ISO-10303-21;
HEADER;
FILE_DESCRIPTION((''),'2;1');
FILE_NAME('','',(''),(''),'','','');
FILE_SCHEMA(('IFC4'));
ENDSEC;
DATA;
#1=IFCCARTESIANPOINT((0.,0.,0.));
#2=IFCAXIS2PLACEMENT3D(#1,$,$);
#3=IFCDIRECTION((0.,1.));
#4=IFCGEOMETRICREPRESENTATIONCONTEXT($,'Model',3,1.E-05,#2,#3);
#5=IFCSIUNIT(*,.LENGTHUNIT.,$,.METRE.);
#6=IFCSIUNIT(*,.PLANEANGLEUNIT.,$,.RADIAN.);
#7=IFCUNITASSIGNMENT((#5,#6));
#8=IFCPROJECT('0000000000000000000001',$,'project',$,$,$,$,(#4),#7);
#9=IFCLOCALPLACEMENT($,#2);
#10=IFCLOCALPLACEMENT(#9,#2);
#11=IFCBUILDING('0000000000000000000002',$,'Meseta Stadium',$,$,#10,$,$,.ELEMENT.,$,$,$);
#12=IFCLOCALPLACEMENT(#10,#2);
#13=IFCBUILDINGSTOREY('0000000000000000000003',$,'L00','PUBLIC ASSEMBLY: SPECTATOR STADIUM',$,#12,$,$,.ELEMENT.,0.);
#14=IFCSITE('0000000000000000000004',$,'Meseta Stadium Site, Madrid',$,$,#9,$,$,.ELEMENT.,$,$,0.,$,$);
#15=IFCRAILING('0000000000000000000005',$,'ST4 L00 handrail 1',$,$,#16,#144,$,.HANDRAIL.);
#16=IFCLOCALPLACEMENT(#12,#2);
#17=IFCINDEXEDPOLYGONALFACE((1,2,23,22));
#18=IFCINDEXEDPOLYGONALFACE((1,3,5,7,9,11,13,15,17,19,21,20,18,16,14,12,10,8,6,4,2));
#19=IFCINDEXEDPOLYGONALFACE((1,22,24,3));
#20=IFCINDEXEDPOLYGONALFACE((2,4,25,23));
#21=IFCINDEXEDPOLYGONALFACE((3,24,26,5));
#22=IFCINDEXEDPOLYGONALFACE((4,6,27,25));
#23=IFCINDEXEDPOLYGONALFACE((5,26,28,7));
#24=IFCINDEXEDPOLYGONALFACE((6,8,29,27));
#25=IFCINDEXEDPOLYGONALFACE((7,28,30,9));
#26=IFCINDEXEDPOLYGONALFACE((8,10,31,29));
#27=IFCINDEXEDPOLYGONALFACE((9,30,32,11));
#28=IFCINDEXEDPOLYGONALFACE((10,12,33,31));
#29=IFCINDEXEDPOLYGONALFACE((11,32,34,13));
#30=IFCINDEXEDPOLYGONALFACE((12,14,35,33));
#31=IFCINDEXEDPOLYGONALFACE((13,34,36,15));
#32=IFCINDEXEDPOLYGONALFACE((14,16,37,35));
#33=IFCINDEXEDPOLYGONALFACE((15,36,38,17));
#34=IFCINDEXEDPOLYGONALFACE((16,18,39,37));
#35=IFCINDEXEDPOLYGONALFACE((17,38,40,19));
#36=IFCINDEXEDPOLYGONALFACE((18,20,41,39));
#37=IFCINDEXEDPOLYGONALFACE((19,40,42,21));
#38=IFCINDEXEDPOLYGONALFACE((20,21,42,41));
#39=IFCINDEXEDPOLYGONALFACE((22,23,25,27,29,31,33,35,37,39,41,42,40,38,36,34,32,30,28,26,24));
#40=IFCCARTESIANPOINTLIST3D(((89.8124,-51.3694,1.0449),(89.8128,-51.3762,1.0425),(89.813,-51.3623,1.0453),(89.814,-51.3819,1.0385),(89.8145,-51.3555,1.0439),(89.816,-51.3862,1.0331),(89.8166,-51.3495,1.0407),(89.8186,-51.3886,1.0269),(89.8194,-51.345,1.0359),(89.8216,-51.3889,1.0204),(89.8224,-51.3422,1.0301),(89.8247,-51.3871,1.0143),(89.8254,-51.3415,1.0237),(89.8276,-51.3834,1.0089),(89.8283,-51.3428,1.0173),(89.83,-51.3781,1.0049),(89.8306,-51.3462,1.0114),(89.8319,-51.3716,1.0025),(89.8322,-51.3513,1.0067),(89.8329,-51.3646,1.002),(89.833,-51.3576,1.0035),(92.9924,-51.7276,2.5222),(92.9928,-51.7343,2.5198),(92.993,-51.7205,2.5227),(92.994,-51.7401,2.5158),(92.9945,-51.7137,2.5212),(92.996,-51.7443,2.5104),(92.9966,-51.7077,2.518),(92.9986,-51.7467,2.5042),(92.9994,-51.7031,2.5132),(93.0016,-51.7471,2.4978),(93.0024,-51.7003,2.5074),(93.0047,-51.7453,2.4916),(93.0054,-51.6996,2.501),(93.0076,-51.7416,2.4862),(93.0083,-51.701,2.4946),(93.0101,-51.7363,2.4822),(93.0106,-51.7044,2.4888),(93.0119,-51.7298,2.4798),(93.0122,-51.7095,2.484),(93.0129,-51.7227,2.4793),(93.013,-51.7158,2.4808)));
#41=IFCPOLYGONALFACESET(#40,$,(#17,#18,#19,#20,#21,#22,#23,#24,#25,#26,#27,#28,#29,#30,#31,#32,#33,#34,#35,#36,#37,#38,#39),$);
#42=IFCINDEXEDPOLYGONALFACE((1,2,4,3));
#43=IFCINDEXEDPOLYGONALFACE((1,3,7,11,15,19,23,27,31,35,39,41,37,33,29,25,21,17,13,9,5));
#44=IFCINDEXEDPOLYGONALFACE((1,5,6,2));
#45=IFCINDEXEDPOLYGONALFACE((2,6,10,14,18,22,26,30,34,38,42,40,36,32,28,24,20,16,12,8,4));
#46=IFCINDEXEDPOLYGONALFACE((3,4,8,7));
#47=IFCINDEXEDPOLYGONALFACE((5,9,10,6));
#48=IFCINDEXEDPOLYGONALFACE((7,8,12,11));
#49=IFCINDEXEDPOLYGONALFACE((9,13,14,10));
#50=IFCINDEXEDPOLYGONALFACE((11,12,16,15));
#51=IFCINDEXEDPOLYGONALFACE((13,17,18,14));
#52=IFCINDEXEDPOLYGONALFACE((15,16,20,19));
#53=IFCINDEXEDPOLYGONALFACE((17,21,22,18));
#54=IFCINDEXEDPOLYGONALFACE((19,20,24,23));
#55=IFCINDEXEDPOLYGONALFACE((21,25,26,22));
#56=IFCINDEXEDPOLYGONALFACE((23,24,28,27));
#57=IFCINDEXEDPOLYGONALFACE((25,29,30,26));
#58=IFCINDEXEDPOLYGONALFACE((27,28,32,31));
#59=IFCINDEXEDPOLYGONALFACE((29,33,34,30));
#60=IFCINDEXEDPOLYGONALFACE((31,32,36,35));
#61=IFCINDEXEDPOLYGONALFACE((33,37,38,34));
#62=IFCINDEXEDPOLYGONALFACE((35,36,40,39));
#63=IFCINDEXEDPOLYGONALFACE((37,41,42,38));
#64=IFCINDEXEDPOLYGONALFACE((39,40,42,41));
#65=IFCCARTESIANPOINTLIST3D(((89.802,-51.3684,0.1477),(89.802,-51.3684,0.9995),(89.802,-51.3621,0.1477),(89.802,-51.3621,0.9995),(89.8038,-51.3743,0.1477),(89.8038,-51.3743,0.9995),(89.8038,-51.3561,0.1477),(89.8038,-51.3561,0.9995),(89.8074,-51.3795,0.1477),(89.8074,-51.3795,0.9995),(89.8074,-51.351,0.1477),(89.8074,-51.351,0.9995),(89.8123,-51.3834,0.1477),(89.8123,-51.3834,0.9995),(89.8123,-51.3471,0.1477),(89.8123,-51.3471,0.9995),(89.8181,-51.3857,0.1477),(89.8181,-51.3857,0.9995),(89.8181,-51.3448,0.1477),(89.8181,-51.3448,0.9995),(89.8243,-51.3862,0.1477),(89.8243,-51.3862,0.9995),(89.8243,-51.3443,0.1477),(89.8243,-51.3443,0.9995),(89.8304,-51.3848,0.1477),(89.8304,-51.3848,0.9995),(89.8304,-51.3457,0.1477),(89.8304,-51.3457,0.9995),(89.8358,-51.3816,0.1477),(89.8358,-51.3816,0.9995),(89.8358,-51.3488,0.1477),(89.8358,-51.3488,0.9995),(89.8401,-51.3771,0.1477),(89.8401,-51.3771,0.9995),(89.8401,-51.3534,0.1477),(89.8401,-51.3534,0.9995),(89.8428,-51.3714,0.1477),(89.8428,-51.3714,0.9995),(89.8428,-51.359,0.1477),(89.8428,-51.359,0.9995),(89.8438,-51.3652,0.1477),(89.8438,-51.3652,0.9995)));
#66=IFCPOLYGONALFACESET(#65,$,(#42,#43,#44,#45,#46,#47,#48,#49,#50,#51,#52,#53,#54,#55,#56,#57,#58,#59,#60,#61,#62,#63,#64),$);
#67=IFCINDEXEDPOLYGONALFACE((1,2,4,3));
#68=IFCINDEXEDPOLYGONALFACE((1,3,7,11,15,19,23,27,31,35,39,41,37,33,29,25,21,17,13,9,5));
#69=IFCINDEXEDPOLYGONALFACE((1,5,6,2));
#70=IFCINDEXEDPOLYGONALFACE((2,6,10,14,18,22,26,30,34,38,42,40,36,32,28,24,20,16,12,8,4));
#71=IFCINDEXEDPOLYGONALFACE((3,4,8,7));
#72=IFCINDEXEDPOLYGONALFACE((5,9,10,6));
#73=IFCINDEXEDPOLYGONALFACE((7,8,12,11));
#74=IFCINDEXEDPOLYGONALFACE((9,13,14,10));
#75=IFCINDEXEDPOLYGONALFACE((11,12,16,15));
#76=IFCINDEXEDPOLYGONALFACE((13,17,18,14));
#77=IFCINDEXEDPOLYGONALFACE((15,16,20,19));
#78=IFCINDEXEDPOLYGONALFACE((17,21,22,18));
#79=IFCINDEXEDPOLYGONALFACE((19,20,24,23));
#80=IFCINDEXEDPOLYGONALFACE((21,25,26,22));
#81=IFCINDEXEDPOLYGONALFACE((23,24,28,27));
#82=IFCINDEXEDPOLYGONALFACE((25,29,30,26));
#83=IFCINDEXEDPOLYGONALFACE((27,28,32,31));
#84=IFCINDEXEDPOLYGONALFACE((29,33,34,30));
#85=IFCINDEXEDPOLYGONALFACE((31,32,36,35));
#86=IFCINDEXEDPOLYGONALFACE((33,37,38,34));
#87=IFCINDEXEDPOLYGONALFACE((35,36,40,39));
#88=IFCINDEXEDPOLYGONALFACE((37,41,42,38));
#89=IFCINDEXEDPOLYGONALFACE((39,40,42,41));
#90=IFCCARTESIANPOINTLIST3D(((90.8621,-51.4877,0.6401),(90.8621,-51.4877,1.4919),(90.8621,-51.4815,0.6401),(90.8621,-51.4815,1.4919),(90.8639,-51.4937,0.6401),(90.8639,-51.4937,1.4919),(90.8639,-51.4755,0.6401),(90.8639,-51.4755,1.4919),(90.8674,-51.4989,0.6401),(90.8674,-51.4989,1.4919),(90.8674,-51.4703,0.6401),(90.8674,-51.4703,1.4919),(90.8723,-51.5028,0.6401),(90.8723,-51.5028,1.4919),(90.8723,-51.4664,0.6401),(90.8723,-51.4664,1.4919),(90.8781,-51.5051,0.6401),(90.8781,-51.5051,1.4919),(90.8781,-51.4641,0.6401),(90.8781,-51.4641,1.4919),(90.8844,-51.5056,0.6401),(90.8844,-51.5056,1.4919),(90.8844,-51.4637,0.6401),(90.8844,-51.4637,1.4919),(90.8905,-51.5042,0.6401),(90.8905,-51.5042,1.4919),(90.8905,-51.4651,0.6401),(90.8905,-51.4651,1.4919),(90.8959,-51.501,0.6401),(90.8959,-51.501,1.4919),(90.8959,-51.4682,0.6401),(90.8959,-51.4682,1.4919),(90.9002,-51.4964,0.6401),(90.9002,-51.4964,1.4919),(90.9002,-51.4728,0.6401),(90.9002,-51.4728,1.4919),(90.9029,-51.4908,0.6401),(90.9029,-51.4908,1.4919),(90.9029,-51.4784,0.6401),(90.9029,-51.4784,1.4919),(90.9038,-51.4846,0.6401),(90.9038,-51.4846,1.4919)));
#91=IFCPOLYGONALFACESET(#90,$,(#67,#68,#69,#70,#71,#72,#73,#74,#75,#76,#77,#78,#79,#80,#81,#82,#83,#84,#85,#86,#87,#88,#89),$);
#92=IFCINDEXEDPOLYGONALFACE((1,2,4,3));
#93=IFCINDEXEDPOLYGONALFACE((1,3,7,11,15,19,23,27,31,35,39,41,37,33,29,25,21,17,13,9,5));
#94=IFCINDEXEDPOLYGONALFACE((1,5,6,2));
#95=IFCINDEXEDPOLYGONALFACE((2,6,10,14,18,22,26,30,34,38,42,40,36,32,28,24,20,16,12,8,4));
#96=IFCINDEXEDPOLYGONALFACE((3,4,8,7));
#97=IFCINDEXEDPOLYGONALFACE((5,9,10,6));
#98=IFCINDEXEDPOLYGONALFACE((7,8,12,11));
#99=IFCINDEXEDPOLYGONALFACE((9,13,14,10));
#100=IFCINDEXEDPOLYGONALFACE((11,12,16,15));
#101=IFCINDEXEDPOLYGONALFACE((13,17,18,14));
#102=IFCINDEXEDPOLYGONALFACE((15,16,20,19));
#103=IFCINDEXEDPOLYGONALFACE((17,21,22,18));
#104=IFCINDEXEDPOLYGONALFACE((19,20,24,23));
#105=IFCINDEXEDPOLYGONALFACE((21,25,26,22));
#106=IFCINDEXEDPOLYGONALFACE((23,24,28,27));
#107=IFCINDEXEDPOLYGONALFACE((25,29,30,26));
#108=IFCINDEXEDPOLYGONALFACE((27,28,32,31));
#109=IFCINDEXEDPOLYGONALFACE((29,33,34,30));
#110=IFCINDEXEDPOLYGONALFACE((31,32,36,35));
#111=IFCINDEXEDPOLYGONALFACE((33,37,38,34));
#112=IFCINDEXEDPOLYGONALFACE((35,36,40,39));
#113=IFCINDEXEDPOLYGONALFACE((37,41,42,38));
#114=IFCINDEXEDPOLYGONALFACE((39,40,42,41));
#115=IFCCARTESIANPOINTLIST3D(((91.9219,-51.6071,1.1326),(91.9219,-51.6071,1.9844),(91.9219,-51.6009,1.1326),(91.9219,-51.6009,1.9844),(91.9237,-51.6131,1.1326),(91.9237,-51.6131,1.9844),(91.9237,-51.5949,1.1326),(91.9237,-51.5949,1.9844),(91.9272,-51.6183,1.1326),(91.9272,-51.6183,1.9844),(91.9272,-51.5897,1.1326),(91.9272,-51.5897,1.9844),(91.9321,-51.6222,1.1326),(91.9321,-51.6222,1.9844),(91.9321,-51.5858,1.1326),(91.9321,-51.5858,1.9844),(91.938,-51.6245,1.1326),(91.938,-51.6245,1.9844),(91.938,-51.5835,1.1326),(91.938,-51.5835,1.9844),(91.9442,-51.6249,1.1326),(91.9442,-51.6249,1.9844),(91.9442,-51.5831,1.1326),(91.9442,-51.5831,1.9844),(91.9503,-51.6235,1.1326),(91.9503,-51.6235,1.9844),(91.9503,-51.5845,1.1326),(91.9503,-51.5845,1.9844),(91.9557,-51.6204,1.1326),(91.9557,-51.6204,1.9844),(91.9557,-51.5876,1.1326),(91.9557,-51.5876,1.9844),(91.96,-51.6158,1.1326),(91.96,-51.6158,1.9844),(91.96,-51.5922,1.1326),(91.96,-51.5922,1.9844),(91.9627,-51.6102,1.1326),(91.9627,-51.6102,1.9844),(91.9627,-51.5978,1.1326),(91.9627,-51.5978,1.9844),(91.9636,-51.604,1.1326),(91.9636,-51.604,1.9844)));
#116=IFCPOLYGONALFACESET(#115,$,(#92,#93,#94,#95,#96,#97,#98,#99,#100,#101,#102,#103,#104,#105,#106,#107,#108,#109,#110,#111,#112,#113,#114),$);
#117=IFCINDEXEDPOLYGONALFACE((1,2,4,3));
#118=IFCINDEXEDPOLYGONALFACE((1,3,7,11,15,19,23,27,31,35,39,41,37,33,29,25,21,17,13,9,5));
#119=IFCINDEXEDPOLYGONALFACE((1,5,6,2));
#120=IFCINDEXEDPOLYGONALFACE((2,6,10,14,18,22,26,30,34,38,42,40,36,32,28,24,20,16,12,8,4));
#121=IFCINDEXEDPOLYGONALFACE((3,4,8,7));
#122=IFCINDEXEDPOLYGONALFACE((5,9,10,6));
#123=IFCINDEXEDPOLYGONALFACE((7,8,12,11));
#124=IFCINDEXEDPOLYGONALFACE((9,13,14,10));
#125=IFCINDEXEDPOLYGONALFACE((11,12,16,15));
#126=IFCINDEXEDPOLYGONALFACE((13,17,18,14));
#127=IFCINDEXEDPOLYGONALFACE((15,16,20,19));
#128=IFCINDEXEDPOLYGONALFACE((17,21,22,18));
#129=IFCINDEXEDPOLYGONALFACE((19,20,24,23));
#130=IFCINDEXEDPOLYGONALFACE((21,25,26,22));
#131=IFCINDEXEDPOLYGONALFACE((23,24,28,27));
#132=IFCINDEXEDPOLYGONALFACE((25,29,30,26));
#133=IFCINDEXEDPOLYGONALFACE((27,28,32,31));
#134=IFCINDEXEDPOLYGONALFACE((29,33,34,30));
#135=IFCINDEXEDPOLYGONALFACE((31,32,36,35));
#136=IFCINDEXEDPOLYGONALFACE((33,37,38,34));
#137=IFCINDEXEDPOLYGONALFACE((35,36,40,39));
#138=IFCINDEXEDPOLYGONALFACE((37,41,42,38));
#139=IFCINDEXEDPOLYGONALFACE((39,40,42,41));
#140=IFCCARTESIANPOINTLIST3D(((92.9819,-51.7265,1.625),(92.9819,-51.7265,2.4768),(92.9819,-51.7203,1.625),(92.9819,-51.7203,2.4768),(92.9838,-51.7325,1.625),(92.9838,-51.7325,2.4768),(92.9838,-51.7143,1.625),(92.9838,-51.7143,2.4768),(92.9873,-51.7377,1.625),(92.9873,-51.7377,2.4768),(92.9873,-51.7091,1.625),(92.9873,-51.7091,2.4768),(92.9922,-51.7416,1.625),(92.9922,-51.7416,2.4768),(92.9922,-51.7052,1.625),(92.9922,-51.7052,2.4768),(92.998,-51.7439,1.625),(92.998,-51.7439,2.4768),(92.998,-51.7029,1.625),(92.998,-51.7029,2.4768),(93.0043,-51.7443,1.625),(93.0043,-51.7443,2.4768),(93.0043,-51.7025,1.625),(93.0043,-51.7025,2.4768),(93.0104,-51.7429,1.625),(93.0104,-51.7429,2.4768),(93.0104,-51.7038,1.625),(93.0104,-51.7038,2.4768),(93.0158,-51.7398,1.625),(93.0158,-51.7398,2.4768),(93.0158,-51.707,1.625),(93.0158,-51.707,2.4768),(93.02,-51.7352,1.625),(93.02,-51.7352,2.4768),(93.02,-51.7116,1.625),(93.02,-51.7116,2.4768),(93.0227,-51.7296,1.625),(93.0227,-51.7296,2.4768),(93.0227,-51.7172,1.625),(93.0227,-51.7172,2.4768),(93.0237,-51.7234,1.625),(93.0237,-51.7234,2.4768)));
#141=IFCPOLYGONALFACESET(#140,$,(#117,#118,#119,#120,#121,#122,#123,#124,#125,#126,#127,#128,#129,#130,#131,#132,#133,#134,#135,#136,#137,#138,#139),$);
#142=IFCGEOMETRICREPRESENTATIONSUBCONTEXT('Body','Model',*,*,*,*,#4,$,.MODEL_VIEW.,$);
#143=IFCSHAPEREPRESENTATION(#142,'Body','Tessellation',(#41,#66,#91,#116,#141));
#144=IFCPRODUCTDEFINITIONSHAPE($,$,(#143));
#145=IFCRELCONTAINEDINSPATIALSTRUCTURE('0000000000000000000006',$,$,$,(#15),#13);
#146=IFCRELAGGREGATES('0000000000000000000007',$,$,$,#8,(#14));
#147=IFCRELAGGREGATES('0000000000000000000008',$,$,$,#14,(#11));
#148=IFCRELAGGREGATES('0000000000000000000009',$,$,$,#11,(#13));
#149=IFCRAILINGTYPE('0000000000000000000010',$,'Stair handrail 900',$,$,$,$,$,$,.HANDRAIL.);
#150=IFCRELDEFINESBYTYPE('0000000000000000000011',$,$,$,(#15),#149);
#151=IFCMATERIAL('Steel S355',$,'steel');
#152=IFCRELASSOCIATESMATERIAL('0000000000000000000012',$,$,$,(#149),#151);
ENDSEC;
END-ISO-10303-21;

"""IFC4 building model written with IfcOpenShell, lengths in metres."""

from ifc_helpers import new_model, si_unit, direction, frame, origin, origin_2d, place, context, subcontext, project, spatial, circle, extrude, material, type_object, element, save


model = new_model("IFC4")

# Units and contexts
model_context = context("Model", 3, precision=1e-05, world=origin(), true_north=direction((0.0, 1.0)))
body_context = subcontext(model_context, "Body", "Model", "MODEL_VIEW")
ifc_project = project(units=[si_unit("LENGTHUNIT", "METRE"), si_unit("PLANEANGLEUNIT", "RADIAN")], contexts=[model_context])

# Site, building, storey
site_placement = place(None, origin())
site = spatial("IfcSite", under=ifc_project, at=site_placement, Name="Meseta Stadium Site, Madrid", CompositionType="ELEMENT", RefElevation=0.0)
building_placement = place(site_placement, origin())
building = spatial("IfcBuilding", under=site, at=building_placement, Name="Meseta Stadium", CompositionType="ELEMENT")
storey_placement = place(building_placement, origin())
storey = spatial("IfcBuildingStorey", under=building, at=storey_placement, Name="L00", Description="PUBLIC ASSEMBLY: SPECTATOR STADIUM", CompositionType="ELEMENT", Elevation=0.0)

# Railing
ifc_material_1 = material(Name="Steel S355", Category="steel")
railing_type_1 = type_object("IfcRailingType", Name="Stair handrail 900", PredefinedType="HANDRAIL", material=ifc_material_1)
for number, where, name in (
    (1, (89.8228, -51.3652, 0.1477), "ST4 L00 handrail 1"),
):
    element("IfcRailing", number, at=place(storey_placement, frame(where)), inside=storey, type_object=railing_type_1, Name=name, PredefinedType="HANDRAIL", context=body_context, shape_type="SweptSolid", body=[
        extrude(circle(Radius=0.0239, at=origin_2d()), frame((0.0, 0.0, 0.876), z_axis=(0.902217, -0.101616, 0.419141), x_axis=(0.111922, 0.993717, 0.0)), (0.0, 0.0, 1.0), 3.5247),
        extrude(circle(Radius=0.021, at=origin_2d()), origin(), (0.0, 0.0, 1.0), 0.8518),
        extrude(circle(Radius=0.021, at=origin_2d()), frame((1.0601, -0.1194, 0.4924)), (0.0, 0.0, 1.0), 0.8518),
        extrude(circle(Radius=0.021, at=origin_2d()), frame((2.1199, -0.2388, 0.9849)), (0.0, 0.0, 1.0), 0.8518),
        extrude(circle(Radius=0.021, at=origin_2d()), frame((3.1799, -0.3582, 1.4773)), (0.0, 0.0, 1.0), 0.8518),
    ])

save(model, "model.ifc")
